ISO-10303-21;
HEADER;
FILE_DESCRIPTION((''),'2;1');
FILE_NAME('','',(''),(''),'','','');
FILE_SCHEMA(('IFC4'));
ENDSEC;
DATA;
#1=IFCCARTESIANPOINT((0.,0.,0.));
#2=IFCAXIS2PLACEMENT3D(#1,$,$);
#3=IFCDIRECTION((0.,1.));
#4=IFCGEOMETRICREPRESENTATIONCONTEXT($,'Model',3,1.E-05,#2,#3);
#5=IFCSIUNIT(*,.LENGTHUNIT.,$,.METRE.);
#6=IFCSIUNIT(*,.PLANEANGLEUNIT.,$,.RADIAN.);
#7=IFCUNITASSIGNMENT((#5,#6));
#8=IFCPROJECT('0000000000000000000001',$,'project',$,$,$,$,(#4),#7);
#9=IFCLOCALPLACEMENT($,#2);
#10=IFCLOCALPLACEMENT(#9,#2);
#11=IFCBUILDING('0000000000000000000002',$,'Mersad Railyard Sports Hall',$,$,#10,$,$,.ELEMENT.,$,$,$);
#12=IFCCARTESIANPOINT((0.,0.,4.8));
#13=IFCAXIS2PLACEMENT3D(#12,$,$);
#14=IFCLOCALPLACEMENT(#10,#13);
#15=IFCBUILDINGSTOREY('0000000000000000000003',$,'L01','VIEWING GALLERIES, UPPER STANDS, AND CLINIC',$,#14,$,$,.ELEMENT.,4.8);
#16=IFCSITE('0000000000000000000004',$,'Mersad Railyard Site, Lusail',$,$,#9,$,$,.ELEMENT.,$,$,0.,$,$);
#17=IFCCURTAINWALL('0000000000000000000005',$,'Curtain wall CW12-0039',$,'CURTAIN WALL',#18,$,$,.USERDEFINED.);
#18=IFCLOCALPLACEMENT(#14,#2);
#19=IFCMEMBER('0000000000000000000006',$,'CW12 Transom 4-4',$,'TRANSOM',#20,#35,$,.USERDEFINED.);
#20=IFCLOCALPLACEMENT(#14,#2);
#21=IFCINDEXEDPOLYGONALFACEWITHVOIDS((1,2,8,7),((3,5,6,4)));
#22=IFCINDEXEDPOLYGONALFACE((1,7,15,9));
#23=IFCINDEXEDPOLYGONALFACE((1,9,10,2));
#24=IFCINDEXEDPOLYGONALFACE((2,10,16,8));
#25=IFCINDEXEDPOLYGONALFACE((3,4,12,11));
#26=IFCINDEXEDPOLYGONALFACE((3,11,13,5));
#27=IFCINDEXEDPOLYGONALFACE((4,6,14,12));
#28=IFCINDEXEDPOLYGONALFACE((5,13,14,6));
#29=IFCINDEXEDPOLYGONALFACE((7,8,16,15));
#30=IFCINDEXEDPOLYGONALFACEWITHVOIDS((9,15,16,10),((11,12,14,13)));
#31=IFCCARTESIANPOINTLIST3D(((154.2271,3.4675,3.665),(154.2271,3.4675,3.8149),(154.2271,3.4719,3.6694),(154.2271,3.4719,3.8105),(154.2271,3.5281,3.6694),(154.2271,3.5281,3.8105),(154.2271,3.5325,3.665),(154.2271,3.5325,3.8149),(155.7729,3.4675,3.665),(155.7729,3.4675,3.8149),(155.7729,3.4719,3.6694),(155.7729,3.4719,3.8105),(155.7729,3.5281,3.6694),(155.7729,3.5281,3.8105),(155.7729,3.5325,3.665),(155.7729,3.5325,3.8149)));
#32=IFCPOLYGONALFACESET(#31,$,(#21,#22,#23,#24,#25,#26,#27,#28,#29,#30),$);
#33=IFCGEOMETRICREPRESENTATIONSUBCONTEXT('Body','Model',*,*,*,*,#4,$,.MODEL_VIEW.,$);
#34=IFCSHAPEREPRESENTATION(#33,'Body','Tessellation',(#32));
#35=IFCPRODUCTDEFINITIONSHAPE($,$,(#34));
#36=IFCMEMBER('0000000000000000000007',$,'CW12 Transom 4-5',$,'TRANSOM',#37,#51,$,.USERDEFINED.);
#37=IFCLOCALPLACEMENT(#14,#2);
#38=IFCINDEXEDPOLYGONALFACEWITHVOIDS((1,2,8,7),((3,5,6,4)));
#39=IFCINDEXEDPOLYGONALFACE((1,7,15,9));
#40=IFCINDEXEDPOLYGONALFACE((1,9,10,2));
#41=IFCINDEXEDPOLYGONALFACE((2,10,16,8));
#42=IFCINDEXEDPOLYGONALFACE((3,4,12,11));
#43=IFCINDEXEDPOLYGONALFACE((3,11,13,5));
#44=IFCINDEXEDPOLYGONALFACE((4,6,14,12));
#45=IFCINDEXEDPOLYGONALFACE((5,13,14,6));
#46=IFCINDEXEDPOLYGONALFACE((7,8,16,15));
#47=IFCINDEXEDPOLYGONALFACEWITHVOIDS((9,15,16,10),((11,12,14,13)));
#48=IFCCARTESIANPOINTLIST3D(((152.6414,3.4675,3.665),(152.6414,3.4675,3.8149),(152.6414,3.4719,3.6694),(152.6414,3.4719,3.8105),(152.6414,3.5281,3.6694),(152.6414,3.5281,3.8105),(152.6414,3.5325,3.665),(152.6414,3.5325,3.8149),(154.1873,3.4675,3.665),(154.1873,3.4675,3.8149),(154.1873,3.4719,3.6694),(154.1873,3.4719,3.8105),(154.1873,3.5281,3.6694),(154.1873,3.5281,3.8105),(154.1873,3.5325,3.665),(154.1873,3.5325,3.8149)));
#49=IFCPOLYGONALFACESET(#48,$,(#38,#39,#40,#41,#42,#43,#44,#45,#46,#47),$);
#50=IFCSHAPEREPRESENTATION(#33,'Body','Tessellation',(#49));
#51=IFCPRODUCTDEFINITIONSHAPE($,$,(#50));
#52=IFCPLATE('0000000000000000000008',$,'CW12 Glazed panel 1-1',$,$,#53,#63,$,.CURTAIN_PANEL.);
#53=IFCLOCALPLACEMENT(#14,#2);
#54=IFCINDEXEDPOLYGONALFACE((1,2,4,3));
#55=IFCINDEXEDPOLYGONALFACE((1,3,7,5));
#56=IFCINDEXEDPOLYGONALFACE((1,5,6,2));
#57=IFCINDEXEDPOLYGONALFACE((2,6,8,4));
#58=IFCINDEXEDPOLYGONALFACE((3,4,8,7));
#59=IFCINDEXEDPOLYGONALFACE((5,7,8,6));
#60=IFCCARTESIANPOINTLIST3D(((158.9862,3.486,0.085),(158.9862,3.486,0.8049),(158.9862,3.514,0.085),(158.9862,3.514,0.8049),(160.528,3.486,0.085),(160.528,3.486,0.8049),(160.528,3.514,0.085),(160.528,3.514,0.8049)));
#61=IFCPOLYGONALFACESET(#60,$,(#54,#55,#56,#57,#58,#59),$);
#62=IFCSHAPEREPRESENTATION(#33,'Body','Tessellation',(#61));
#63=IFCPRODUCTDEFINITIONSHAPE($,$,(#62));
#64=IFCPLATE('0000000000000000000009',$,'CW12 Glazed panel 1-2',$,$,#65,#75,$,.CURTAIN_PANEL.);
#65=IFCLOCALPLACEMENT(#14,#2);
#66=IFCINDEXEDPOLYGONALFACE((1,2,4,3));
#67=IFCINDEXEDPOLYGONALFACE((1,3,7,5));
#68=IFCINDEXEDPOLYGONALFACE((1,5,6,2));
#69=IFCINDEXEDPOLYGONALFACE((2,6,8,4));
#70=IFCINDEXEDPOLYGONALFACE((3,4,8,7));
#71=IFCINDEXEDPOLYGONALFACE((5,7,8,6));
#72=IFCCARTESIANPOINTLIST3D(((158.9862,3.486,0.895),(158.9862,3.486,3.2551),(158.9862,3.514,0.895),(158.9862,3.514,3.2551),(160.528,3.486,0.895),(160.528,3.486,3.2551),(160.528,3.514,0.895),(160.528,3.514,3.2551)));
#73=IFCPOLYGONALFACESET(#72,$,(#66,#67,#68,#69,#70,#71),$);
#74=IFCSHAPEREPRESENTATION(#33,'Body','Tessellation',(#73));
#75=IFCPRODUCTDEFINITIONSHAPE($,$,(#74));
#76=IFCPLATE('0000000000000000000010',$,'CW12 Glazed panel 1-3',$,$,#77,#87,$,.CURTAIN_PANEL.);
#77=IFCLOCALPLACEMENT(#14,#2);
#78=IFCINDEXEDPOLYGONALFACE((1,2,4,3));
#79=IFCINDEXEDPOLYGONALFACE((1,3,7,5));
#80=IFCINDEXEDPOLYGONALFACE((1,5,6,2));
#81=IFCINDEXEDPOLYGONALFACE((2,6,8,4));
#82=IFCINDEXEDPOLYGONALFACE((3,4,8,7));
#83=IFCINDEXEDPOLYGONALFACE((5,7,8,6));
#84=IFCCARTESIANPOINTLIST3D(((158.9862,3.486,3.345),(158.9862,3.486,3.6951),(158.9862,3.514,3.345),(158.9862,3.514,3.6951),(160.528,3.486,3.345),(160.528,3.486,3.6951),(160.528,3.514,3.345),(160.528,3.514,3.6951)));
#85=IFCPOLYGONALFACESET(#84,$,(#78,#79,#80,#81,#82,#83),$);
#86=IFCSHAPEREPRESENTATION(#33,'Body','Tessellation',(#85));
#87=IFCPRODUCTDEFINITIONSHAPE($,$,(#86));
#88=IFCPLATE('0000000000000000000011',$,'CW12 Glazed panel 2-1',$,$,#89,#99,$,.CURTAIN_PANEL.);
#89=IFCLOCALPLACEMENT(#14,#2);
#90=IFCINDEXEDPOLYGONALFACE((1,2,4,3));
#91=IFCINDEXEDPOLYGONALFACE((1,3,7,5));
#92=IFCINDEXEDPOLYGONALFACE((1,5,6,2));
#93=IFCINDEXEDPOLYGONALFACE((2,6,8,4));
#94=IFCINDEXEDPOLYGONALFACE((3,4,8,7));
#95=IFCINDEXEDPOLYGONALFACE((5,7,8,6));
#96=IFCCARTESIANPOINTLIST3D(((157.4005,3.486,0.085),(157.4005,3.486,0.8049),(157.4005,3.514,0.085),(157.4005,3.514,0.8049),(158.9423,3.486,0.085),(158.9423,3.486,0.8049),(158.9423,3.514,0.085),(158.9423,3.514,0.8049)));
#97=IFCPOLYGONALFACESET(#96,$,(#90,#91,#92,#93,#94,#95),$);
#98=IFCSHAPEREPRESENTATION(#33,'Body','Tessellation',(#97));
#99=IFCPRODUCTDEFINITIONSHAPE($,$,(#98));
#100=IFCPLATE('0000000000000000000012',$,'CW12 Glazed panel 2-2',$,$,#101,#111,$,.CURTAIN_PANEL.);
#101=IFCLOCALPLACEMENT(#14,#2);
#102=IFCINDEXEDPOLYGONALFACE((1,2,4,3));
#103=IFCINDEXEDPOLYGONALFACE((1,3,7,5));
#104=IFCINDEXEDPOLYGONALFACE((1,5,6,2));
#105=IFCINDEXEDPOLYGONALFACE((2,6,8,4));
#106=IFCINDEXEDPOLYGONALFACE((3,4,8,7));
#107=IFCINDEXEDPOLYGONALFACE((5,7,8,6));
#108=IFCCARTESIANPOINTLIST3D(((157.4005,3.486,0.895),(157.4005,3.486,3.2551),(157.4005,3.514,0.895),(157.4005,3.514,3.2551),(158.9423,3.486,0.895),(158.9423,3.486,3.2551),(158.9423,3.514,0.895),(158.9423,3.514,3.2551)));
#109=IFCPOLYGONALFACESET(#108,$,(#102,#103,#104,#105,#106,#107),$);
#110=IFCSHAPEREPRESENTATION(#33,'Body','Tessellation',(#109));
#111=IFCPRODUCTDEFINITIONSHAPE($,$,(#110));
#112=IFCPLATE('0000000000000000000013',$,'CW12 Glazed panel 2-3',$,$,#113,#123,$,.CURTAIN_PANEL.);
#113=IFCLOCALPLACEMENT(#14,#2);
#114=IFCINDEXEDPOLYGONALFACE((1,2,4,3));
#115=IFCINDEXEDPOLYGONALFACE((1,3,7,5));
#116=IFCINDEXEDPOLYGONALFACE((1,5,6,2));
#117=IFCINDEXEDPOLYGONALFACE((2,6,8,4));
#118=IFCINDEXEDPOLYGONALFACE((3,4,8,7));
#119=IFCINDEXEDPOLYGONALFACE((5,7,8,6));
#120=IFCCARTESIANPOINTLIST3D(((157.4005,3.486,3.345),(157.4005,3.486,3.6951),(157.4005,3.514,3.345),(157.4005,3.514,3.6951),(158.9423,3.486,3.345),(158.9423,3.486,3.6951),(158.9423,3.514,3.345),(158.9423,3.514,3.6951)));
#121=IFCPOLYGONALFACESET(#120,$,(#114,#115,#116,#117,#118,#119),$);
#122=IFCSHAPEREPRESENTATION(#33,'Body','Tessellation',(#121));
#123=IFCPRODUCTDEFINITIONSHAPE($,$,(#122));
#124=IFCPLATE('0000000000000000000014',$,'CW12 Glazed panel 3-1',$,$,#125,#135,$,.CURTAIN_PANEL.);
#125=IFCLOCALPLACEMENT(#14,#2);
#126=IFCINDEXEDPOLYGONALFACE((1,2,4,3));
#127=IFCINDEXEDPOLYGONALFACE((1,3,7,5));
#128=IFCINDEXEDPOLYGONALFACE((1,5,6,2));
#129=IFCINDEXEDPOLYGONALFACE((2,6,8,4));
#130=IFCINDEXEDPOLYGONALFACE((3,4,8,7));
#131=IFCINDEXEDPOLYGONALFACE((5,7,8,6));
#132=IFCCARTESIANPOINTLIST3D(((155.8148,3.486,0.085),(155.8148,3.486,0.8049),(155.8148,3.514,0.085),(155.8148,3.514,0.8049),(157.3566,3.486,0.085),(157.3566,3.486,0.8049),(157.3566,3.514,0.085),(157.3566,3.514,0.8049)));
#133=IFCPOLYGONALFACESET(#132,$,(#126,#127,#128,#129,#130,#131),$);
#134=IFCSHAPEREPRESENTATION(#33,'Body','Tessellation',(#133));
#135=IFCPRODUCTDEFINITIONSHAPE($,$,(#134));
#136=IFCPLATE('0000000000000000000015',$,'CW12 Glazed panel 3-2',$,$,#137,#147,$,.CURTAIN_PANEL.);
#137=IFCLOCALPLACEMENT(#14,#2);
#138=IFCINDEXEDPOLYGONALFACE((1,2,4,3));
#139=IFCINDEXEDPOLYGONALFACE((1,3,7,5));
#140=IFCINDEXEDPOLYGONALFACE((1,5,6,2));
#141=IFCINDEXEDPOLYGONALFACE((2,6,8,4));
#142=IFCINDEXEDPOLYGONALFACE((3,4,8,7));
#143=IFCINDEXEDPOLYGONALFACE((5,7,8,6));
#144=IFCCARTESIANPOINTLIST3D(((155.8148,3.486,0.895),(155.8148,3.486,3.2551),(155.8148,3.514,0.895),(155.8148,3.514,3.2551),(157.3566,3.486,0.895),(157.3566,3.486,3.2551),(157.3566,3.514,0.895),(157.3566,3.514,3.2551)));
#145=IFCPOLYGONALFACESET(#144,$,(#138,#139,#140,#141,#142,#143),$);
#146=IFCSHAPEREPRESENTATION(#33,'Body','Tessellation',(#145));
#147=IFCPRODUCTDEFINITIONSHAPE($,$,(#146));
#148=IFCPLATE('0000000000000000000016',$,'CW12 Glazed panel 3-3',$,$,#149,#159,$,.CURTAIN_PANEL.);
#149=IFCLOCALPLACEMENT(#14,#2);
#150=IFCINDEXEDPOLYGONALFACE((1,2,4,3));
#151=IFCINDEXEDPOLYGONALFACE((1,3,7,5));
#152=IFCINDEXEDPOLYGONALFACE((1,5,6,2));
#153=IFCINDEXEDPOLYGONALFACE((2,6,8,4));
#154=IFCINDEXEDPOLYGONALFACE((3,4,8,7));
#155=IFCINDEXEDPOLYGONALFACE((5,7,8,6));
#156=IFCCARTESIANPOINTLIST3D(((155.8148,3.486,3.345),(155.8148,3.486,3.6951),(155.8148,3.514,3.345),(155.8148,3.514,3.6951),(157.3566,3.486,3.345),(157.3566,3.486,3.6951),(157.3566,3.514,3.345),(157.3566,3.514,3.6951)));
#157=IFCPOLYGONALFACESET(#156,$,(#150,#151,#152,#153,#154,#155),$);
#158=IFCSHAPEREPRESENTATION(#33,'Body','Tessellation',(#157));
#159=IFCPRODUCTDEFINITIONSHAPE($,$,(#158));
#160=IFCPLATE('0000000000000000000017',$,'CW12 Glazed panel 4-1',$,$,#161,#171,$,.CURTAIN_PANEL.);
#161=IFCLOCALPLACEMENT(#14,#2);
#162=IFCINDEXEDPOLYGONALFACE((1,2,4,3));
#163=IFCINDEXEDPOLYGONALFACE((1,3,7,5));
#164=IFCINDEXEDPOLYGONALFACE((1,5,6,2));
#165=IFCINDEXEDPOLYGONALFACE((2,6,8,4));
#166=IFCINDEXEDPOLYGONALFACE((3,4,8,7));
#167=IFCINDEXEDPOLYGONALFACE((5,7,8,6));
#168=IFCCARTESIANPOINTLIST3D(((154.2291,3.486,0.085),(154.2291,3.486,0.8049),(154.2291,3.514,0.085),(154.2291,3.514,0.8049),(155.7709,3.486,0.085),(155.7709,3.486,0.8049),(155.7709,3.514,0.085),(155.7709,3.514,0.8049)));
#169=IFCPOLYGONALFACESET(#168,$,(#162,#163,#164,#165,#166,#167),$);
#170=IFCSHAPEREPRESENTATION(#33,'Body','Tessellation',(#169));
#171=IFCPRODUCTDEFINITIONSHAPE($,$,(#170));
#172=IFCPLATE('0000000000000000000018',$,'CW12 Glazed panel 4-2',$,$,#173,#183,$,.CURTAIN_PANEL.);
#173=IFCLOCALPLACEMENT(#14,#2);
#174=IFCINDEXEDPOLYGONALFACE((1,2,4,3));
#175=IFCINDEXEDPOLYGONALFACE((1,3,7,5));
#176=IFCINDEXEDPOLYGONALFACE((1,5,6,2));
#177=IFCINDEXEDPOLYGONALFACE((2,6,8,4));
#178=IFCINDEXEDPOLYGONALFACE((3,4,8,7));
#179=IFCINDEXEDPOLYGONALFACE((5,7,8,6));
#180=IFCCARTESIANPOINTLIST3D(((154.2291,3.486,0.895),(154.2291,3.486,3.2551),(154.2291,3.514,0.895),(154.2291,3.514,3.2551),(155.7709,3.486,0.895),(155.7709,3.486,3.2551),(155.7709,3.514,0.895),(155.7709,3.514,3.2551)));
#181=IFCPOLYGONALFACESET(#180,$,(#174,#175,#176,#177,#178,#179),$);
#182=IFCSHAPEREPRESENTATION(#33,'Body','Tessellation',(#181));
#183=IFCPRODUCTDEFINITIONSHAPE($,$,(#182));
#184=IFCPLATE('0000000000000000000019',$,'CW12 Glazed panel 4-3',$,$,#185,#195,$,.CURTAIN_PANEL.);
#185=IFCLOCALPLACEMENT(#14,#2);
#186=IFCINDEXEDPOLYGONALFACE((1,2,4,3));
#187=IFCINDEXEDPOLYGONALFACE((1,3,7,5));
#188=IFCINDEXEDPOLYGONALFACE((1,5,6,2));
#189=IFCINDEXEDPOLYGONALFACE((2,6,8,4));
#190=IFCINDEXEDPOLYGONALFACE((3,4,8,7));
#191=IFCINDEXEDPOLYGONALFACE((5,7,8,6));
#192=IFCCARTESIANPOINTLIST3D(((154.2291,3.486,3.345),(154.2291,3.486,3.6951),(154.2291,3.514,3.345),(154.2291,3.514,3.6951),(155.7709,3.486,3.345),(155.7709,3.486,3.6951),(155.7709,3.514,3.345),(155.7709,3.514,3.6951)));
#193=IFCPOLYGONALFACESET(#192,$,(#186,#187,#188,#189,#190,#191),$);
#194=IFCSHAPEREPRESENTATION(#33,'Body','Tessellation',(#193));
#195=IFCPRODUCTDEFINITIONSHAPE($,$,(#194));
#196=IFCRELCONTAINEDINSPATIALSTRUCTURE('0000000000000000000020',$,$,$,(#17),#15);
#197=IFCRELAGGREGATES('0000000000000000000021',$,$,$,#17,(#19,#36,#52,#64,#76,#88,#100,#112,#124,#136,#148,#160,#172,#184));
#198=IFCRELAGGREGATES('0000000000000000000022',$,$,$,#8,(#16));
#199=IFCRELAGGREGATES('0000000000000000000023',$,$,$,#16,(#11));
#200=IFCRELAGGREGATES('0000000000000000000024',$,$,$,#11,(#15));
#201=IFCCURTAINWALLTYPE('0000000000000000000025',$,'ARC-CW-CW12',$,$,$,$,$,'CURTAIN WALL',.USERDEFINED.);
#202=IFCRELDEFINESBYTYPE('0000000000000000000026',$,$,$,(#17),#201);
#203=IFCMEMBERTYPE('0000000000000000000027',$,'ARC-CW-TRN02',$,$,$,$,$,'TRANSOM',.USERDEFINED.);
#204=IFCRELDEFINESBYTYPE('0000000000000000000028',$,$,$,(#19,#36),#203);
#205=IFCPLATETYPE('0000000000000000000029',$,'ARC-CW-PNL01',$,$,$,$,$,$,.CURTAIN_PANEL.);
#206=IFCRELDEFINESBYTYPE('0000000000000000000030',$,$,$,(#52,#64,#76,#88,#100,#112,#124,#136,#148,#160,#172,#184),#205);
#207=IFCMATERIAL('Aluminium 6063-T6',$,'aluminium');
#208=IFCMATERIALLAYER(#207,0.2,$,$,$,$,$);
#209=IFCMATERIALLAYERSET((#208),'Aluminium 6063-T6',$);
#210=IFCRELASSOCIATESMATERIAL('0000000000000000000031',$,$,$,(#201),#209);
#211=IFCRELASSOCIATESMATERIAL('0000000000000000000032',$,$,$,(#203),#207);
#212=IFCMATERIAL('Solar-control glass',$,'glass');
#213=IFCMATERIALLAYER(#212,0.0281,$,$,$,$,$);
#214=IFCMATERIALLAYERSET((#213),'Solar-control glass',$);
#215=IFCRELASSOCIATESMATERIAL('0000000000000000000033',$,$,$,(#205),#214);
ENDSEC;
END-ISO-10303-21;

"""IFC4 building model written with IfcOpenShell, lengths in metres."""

from ifc_helpers import new_model, si_unit, direction, frame, origin, origin_2d, place, context, subcontext, project, spatial, rectangle, hollow_rectangle, extrude, material, layer, layer_set, material_profile, profile_set, type_object, element, aggregate, save


model = new_model("IFC4")

# Units and contexts
model_context = context("Model", 3, precision=1e-05, world=origin(), true_north=direction((0.0, 1.0)))
body_context = subcontext(model_context, "Body", "Model", "MODEL_VIEW")
ifc_project = project(units=[si_unit("LENGTHUNIT", "METRE"), si_unit("PLANEANGLEUNIT", "RADIAN")], contexts=[model_context])

# Site, building, storey
site_placement = place(None, origin())
site = spatial("IfcSite", under=ifc_project, at=site_placement, Name="Mersad Railyard Site, Lusail", CompositionType="ELEMENT", RefElevation=0.0)
building_placement = place(site_placement, origin())
building = spatial("IfcBuilding", under=site, at=building_placement, Name="Mersad Railyard Sports Hall", CompositionType="ELEMENT")
storey_placement = place(building_placement, frame((0.0, 0.0, 4.8)))
storey = spatial("IfcBuildingStorey", under=building, at=storey_placement, Name="L01", Description="VIEWING GALLERIES, UPPER STANDS, AND CLINIC", CompositionType="ELEMENT", Elevation=4.8)

# Curtain wall
ifc_material_1 = material(Name="Aluminium 6063-T6", Category="aluminium")
ifc_layer_1 = layer(ifc_material_1, 0.2)
ifc_layer_set_1 = layer_set([ifc_layer_1], Name="Aluminium 6063-T6")
curtain_wall_type_1 = type_object("IfcCurtainWallType", Name="ARC-CW-CW12", ElementType="CURTAIN WALL", PredefinedType="USERDEFINED", material=ifc_layer_set_1)
curtain_wall_1_placement = place(storey_placement, origin())
curtain_wall_1 = element("IfcCurtainWall", 1, at=curtain_wall_1_placement, inside=storey, type_object=curtain_wall_type_1, Name="Curtain wall CW12-0039", ObjectType="CURTAIN WALL", PredefinedType="USERDEFINED")

# Members
ifc_material_profile_1 = material_profile(ifc_material_1, hollow_rectangle(XDim=0.0649, YDim=0.1499, WallThickness=0.0044, at=origin_2d()), Name="AL TRANSOM 65x150x4.5")
ifc_profile_set_1 = profile_set([ifc_material_profile_1], Name="Aluminium 6063-T6")
member_type_1 = type_object("IfcMemberType", Name="ARC-CW-TRN02", ElementType="TRANSOM", PredefinedType="USERDEFINED", material=ifc_profile_set_1)
member_1_placement = place(storey_placement, frame((155.7729, 3.5, 3.74), z_axis=(-1.0, 0.0, 0.0), x_axis=(0.0, -1.0, 0.0)))
member_1 = element("IfcMember", 2, at=member_1_placement, type_object=member_type_1, Name="CW12 Transom 4-4", ObjectType="TRANSOM", PredefinedType="USERDEFINED", context=body_context, shape_type="SweptSolid", body=[
    extrude(hollow_rectangle(XDim=0.0649, YDim=0.1499, WallThickness=0.0044, at=origin_2d()), origin(), (0.0, 0.0, 1.0), 1.5459),
])
member_2_placement = place(storey_placement, frame((154.1873, 3.5, 3.74), z_axis=(-1.0, 0.0, 0.0), x_axis=(0.0, -1.0, 0.0)))
member_2 = element("IfcMember", 3, at=member_2_placement, type_object=member_type_1, Name="CW12 Transom 4-5", ObjectType="TRANSOM", PredefinedType="USERDEFINED", context=body_context, shape_type="SweptSolid", body=[
    extrude(hollow_rectangle(XDim=0.0649, YDim=0.1499, WallThickness=0.0044, at=origin_2d()), origin(), (0.0, 0.0, 1.0), 1.5459),
])

# Plates
ifc_material_2 = material(Name="Solar-control glass", Category="glass")
ifc_layer_2 = layer(ifc_material_2, 0.0281)
ifc_layer_set_2 = layer_set([ifc_layer_2], Name="Solar-control glass")
plate_type = type_object("IfcPlateType", Name="ARC-CW-PNL01", PredefinedType="CURTAIN_PANEL", material=ifc_layer_set_2)
plate_1_placement = place(storey_placement, frame((159.7571, 3.5, 0.085), z_axis=(0.0, 0.0, 1.0), x_axis=(-1.0, 0.0, 0.0)))
plate_1 = element("IfcPlate", 4, at=plate_1_placement, type_object=plate_type, Name="CW12 Glazed panel 1-1", PredefinedType="CURTAIN_PANEL", context=body_context, shape_type="SweptSolid", body=[
    extrude(rectangle(XDim=1.5417, YDim=0.0281, at=origin_2d()), origin(), (0.0, 0.0, 1.0), 0.72),
])
plate_2_placement = place(storey_placement, frame((159.7571, 3.5, 0.895), z_axis=(0.0, 0.0, 1.0), x_axis=(-1.0, 0.0, 0.0)))
plate_2 = element("IfcPlate", 5, at=plate_2_placement, type_object=plate_type, Name="CW12 Glazed panel 1-2", PredefinedType="CURTAIN_PANEL", context=body_context, shape_type="SweptSolid", body=[
    extrude(rectangle(XDim=1.5417, YDim=0.0281, at=origin_2d()), origin(), (0.0, 0.0, 1.0), 2.3601),
])
plate_3_placement = place(storey_placement, frame((159.7571, 3.5, 3.345), z_axis=(0.0, 0.0, 1.0), x_axis=(-1.0, 0.0, 0.0)))
plate_3 = element("IfcPlate", 6, at=plate_3_placement, type_object=plate_type, Name="CW12 Glazed panel 1-3", PredefinedType="CURTAIN_PANEL", context=body_context, shape_type="SweptSolid", body=[
    extrude(rectangle(XDim=1.5417, YDim=0.0281, at=origin_2d()), origin(), (0.0, 0.0, 1.0), 0.3501),
])
plate_4_placement = place(storey_placement, frame((158.1714, 3.5, 0.085), z_axis=(0.0, 0.0, 1.0), x_axis=(-1.0, 0.0, 0.0)))
plate_4 = element("IfcPlate", 7, at=plate_4_placement, type_object=plate_type, Name="CW12 Glazed panel 2-1", PredefinedType="CURTAIN_PANEL", context=body_context, shape_type="SweptSolid", body=[
    extrude(rectangle(XDim=1.5417, YDim=0.0281, at=origin_2d()), origin(), (0.0, 0.0, 1.0), 0.72),
])
plate_5_placement = place(storey_placement, frame((158.1714, 3.5, 0.895), z_axis=(0.0, 0.0, 1.0), x_axis=(-1.0, 0.0, 0.0)))
plate_5 = element("IfcPlate", 8, at=plate_5_placement, type_object=plate_type, Name="CW12 Glazed panel 2-2", PredefinedType="CURTAIN_PANEL", context=body_context, shape_type="SweptSolid", body=[
    extrude(rectangle(XDim=1.5417, YDim=0.0281, at=origin_2d()), origin(), (0.0, 0.0, 1.0), 2.3601),
])
plate_6_placement = place(storey_placement, frame((158.1714, 3.5, 3.345), z_axis=(0.0, 0.0, 1.0), x_axis=(-1.0, 0.0, 0.0)))
plate_6 = element("IfcPlate", 9, at=plate_6_placement, type_object=plate_type, Name="CW12 Glazed panel 2-3", PredefinedType="CURTAIN_PANEL", context=body_context, shape_type="SweptSolid", body=[
    extrude(rectangle(XDim=1.5417, YDim=0.0281, at=origin_2d()), origin(), (0.0, 0.0, 1.0), 0.3501),
])
plate_7_placement = place(storey_placement, frame((156.5857, 3.5, 0.085), z_axis=(0.0, 0.0, 1.0), x_axis=(-1.0, 0.0, 0.0)))
plate_7 = element("IfcPlate", 10, at=plate_7_placement, type_object=plate_type, Name="CW12 Glazed panel 3-1", PredefinedType="CURTAIN_PANEL", context=body_context, shape_type="SweptSolid", body=[
    extrude(rectangle(XDim=1.5417, YDim=0.0281, at=origin_2d()), origin(), (0.0, 0.0, 1.0), 0.72),
])
plate_8_placement = place(storey_placement, frame((156.5857, 3.5, 0.895), z_axis=(0.0, 0.0, 1.0), x_axis=(-1.0, 0.0, 0.0)))
plate_8 = element("IfcPlate", 11, at=plate_8_placement, type_object=plate_type, Name="CW12 Glazed panel 3-2", PredefinedType="CURTAIN_PANEL", context=body_context, shape_type="SweptSolid", body=[
    extrude(rectangle(XDim=1.5417, YDim=0.0281, at=origin_2d()), origin(), (0.0, 0.0, 1.0), 2.3601),
])
plate_9_placement = place(storey_placement, frame((156.5857, 3.5, 3.345), z_axis=(0.0, 0.0, 1.0), x_axis=(-1.0, 0.0, 0.0)))
plate_9 = element("IfcPlate", 12, at=plate_9_placement, type_object=plate_type, Name="CW12 Glazed panel 3-3", PredefinedType="CURTAIN_PANEL", context=body_context, shape_type="SweptSolid", body=[
    extrude(rectangle(XDim=1.5417, YDim=0.0281, at=origin_2d()), origin(), (0.0, 0.0, 1.0), 0.3501),
])
plate_10_placement = place(storey_placement, frame((155.0, 3.5, 0.085), z_axis=(0.0, 0.0, 1.0), x_axis=(-1.0, 0.0, 0.0)))
plate_10 = element("IfcPlate", 13, at=plate_10_placement, type_object=plate_type, Name="CW12 Glazed panel 4-1", PredefinedType="CURTAIN_PANEL", context=body_context, shape_type="SweptSolid", body=[
    extrude(rectangle(XDim=1.5417, YDim=0.0281, at=origin_2d()), origin(), (0.0, 0.0, 1.0), 0.72),
])
plate_11_placement = place(storey_placement, frame((155.0, 3.5, 0.895), z_axis=(0.0, 0.0, 1.0), x_axis=(-1.0, 0.0, 0.0)))
plate_11 = element("IfcPlate", 14, at=plate_11_placement, type_object=plate_type, Name="CW12 Glazed panel 4-2", PredefinedType="CURTAIN_PANEL", context=body_context, shape_type="SweptSolid", body=[
    extrude(rectangle(XDim=1.5417, YDim=0.0281, at=origin_2d()), origin(), (0.0, 0.0, 1.0), 2.3601),
])
plate_12_placement = place(storey_placement, frame((155.0, 3.5, 3.345), z_axis=(0.0, 0.0, 1.0), x_axis=(-1.0, 0.0, 0.0)))
plate_12 = element("IfcPlate", 15, at=plate_12_placement, type_object=plate_type, Name="CW12 Glazed panel 4-3", PredefinedType="CURTAIN_PANEL", context=body_context, shape_type="SweptSolid", body=[
    extrude(rectangle(XDim=1.5417, YDim=0.0281, at=origin_2d()), origin(), (0.0, 0.0, 1.0), 0.3501),
])
aggregate(curtain_wall_1, [member_1, member_2, plate_1, plate_2, plate_3, plate_4, plate_5, plate_6, plate_7, plate_8, plate_9, plate_10, plate_11, plate_12])

save(model, "model.ifc")
